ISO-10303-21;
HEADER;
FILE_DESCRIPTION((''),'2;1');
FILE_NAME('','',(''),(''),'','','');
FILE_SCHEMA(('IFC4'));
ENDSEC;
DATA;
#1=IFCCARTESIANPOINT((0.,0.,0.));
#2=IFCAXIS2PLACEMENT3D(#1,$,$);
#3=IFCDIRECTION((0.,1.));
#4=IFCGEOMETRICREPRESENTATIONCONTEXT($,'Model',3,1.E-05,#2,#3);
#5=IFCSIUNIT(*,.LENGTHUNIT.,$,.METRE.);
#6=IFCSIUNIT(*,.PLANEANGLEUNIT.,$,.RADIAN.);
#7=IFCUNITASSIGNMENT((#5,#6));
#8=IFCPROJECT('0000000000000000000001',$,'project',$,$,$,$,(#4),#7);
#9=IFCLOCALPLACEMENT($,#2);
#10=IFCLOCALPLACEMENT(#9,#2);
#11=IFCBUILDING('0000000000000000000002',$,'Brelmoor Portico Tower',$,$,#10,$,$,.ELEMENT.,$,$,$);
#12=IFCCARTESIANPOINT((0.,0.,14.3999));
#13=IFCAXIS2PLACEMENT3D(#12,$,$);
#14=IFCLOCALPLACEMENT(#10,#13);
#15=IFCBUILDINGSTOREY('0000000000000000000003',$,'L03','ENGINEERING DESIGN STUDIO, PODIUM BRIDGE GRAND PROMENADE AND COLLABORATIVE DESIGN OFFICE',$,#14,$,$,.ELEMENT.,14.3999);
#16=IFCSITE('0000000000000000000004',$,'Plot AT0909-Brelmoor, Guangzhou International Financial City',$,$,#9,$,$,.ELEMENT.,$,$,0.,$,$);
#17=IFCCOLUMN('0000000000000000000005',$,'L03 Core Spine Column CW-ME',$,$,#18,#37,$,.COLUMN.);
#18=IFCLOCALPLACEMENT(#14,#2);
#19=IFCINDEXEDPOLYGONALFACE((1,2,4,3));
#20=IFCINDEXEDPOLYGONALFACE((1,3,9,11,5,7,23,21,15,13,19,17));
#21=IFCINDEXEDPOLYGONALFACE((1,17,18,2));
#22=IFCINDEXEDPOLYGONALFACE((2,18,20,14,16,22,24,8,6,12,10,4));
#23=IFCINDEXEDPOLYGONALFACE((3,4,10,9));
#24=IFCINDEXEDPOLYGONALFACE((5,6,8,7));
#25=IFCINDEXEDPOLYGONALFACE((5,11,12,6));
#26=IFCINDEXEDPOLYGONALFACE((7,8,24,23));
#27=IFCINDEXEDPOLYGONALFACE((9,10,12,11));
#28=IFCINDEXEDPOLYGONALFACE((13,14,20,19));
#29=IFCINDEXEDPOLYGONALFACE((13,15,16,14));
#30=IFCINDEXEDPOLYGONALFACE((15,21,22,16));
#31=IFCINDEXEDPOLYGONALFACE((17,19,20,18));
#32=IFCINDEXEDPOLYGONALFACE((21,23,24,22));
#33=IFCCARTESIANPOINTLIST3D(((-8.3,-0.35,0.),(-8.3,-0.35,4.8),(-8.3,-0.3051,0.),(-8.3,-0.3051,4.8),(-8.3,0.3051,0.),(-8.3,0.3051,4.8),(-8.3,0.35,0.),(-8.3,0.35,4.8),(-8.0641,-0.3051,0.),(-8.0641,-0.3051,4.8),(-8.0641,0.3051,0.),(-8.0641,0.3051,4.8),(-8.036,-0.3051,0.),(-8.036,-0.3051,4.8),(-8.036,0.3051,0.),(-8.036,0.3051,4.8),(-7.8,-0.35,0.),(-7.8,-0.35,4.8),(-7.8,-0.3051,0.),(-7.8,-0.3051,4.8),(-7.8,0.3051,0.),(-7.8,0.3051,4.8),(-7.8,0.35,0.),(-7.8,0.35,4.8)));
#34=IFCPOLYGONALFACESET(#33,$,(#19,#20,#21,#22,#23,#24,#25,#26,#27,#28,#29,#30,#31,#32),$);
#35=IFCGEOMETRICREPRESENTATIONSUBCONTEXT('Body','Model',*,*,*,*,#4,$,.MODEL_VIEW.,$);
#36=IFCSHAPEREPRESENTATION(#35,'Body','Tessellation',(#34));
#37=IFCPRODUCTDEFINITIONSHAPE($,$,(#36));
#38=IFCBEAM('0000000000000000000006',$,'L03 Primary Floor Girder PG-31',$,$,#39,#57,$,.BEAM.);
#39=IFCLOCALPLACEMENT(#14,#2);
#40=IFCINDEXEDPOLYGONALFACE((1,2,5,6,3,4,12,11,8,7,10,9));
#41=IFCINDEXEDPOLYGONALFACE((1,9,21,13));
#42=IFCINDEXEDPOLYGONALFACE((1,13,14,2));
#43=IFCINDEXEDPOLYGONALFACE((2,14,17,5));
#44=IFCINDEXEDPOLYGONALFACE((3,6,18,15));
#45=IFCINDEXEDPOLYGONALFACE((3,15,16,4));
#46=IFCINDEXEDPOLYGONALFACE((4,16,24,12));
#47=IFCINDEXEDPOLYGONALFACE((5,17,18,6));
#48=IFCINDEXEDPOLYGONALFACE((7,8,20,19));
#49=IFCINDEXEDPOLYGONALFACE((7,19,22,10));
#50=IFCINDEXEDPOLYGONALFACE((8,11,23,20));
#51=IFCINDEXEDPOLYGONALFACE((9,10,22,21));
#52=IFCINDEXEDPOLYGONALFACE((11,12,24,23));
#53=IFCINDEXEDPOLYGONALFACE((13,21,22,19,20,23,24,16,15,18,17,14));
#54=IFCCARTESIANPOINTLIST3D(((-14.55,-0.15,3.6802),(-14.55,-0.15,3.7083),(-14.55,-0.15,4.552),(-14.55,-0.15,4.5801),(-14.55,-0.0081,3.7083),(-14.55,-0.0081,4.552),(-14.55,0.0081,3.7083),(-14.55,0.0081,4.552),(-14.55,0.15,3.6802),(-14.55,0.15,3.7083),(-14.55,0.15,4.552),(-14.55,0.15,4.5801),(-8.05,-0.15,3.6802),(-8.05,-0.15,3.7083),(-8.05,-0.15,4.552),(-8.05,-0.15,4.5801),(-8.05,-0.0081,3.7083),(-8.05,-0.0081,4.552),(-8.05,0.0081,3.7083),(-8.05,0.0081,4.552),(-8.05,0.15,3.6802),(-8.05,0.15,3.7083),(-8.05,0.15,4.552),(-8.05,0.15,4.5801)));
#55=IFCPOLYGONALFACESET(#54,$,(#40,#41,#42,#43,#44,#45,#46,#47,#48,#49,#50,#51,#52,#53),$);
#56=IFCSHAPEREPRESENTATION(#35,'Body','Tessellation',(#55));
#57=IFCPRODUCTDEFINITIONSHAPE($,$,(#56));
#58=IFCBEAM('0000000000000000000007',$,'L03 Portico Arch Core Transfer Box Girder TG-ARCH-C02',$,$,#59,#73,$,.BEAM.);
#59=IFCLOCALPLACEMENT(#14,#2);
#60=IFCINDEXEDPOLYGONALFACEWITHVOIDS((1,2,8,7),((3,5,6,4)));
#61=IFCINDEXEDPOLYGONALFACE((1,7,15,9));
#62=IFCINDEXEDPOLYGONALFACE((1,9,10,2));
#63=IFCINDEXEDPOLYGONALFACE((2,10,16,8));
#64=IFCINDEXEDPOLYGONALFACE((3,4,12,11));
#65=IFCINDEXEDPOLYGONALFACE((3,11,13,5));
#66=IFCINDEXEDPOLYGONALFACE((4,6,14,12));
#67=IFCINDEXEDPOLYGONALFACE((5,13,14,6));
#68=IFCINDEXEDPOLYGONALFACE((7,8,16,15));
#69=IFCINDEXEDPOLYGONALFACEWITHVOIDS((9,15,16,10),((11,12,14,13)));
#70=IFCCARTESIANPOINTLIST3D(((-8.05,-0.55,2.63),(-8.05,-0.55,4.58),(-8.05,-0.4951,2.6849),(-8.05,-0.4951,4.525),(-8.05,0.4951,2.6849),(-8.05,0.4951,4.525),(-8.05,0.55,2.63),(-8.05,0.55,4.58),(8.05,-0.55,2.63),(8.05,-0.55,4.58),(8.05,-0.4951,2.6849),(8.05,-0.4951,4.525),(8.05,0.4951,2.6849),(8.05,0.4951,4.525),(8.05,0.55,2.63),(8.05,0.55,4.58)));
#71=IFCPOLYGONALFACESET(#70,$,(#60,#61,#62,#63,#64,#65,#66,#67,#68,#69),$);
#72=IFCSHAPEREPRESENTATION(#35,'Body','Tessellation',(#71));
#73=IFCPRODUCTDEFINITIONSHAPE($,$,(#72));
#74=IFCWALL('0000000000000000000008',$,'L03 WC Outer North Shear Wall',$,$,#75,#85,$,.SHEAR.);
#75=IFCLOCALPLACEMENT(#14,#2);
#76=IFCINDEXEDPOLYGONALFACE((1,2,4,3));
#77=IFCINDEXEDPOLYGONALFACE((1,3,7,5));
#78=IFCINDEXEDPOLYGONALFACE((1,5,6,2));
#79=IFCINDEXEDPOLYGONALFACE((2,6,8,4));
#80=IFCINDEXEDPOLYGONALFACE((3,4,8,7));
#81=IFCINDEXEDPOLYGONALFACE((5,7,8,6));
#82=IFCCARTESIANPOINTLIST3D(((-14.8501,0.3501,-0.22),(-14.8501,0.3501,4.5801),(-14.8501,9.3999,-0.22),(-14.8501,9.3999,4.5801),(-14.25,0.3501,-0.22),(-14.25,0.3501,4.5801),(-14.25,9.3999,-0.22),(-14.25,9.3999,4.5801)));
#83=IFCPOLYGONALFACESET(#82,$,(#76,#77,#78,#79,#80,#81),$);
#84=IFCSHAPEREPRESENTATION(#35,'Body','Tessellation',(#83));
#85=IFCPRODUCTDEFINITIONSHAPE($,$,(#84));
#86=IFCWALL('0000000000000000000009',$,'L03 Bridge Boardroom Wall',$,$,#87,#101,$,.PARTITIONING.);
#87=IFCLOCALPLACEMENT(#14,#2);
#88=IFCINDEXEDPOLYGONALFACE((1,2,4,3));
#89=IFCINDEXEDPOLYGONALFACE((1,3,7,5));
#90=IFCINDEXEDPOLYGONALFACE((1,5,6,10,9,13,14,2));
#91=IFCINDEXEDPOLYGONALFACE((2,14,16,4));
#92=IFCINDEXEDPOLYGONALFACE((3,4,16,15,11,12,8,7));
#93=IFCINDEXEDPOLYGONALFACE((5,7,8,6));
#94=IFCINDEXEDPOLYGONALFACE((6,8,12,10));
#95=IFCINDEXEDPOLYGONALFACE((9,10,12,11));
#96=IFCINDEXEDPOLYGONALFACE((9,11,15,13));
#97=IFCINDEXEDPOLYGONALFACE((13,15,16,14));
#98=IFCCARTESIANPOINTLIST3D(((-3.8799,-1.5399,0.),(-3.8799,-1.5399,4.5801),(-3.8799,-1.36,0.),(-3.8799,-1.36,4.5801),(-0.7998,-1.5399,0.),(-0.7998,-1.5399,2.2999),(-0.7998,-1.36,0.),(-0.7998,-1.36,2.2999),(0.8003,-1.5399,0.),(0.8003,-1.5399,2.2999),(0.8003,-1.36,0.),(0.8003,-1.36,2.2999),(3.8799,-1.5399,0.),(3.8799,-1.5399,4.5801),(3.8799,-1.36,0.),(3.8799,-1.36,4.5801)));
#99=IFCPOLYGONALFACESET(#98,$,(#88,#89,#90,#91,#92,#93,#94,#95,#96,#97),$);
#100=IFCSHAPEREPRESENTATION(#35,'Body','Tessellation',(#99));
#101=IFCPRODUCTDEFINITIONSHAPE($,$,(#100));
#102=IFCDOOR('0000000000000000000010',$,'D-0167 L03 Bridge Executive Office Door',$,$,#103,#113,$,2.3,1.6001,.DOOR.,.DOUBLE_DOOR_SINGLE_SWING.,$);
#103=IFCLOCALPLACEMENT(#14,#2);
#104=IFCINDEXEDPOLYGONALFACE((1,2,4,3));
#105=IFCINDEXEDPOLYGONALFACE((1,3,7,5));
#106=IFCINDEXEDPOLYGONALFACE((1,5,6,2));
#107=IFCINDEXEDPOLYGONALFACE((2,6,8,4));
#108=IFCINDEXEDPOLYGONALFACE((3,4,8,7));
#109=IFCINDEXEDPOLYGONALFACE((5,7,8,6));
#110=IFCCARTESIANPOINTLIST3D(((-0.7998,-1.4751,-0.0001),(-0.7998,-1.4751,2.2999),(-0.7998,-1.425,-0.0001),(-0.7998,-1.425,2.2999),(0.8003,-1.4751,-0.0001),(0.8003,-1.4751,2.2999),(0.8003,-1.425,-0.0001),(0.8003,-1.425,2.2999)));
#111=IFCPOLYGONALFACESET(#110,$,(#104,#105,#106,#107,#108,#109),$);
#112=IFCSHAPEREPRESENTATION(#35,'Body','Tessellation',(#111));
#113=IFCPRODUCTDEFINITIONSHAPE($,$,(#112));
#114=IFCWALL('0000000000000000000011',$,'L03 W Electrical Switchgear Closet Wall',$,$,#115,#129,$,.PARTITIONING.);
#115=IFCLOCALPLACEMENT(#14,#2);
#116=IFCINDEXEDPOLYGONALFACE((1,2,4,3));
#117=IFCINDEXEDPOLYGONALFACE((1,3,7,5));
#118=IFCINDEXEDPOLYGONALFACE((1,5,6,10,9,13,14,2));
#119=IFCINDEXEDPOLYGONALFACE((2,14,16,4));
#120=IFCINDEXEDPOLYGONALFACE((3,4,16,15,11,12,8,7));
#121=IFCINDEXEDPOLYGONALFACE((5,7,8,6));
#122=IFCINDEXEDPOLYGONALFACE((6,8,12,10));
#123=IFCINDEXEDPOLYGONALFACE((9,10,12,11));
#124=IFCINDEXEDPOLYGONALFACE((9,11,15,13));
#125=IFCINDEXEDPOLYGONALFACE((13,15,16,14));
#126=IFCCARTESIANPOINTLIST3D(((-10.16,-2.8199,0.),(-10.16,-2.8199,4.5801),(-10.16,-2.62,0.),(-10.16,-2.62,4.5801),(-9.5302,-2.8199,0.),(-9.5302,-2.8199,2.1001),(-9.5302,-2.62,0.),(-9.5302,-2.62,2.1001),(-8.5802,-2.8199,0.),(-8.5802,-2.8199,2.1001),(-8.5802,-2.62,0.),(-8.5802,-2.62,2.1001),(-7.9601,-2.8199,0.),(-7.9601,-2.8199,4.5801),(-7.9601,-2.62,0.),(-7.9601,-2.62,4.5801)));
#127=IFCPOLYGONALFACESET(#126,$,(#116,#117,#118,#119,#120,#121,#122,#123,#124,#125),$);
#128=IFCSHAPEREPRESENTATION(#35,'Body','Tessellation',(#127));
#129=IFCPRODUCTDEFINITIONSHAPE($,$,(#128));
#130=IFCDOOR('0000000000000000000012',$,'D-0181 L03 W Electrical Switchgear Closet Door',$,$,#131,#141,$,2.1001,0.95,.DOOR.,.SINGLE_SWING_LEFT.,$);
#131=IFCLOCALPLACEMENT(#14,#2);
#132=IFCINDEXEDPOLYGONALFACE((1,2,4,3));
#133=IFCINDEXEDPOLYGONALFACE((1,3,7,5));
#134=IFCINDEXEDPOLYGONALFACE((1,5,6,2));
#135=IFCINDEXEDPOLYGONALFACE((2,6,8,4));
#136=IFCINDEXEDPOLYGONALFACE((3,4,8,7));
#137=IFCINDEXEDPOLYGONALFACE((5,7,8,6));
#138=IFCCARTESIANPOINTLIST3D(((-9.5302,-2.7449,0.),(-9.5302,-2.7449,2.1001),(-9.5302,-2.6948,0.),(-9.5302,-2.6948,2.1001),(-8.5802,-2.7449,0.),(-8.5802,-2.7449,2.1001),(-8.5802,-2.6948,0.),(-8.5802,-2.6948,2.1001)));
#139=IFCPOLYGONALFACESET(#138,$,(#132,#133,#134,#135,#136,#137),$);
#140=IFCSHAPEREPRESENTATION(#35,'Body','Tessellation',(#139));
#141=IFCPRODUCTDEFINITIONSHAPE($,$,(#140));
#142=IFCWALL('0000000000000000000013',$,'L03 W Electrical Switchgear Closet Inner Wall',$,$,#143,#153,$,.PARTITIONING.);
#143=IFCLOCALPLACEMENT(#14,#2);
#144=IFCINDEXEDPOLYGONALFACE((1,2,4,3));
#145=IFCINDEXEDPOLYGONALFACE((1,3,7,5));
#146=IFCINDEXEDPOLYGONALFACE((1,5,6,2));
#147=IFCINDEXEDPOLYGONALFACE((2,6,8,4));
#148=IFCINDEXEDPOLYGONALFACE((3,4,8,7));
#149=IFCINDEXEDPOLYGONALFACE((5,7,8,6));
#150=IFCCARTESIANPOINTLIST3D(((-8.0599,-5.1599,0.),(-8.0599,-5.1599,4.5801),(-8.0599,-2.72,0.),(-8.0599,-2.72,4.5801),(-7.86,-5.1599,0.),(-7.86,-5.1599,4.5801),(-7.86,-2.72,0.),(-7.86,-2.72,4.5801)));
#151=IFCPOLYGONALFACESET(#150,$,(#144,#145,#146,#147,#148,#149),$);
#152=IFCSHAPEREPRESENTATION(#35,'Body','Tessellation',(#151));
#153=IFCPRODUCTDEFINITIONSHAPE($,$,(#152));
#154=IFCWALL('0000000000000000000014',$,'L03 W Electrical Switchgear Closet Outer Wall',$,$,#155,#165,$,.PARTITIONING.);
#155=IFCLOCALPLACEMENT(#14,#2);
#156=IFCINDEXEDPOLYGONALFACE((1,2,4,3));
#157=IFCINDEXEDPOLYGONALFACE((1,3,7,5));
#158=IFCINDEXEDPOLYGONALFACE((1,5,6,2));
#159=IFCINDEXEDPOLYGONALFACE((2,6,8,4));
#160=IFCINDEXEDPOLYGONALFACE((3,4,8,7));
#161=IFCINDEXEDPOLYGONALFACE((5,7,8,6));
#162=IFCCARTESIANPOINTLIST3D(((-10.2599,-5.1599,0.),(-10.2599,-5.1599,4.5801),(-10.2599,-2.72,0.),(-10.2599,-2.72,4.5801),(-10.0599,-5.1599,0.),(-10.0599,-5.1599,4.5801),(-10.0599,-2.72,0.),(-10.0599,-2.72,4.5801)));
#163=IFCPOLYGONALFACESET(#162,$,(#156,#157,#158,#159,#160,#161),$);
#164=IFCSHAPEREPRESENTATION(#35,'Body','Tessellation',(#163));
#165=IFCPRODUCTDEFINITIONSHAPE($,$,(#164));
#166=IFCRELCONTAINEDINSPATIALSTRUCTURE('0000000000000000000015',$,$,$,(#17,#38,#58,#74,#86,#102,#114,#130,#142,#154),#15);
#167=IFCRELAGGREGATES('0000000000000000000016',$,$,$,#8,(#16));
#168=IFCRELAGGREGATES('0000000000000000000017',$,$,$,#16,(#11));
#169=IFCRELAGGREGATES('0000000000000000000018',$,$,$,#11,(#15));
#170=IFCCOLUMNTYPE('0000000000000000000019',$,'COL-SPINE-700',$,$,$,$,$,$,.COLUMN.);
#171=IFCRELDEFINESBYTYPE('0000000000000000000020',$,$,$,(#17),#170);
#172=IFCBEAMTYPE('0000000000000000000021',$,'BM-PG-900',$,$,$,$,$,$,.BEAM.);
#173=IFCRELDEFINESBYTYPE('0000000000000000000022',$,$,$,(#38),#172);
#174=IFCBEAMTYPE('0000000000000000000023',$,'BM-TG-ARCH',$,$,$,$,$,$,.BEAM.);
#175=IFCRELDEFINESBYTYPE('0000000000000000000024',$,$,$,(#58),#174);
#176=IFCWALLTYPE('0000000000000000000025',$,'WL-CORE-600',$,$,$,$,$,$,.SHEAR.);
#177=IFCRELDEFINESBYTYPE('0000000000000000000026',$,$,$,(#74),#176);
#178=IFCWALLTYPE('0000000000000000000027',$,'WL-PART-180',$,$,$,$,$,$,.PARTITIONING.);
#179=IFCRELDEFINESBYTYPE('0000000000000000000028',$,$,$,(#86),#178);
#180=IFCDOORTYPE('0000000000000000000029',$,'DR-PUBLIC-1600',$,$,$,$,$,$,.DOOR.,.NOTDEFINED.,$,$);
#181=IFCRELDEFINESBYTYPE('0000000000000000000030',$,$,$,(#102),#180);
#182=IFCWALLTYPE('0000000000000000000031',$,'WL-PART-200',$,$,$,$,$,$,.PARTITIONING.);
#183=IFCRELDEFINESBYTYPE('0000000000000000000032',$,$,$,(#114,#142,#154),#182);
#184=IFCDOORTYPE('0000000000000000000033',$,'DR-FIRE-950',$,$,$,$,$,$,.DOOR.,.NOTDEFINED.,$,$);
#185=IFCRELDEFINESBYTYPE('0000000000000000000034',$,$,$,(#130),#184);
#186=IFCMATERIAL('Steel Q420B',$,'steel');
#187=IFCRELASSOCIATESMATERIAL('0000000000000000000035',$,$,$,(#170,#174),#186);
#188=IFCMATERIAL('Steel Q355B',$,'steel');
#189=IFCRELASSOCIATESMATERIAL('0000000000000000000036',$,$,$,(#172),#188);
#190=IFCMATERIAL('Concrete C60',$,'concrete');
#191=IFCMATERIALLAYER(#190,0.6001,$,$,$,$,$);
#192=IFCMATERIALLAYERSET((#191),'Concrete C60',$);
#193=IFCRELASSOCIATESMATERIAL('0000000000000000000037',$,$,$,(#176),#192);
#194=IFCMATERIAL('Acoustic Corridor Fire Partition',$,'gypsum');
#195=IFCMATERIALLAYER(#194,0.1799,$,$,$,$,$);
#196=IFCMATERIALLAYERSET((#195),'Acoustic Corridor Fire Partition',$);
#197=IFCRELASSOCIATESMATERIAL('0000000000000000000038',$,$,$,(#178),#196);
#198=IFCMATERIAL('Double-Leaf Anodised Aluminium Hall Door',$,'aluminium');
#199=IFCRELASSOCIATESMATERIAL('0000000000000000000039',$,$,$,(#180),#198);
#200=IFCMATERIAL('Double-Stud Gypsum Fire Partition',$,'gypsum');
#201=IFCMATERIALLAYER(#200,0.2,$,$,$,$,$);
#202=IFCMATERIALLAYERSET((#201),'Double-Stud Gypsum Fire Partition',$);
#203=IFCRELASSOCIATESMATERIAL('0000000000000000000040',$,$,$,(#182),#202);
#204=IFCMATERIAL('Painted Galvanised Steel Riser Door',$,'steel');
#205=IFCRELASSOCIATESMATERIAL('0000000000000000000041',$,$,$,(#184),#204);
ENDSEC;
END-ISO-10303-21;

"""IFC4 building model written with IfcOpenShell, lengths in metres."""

from ifc_helpers import new_model, si_unit, direction, frame, frame_2d, origin, origin_2d, place, context, subcontext, project, spatial, rectangle, hollow_rectangle, i_section, extrude, material, layer, layer_set, material_profile, profile_set, type_object, element, fill, save


model = new_model("IFC4")

# Units and contexts
model_context = context("Model", 3, precision=1e-05, world=origin(), true_north=direction((0.0, 1.0)))
body_context = subcontext(model_context, "Body", "Model", "MODEL_VIEW")
ifc_project = project(units=[si_unit("LENGTHUNIT", "METRE"), si_unit("PLANEANGLEUNIT", "RADIAN")], contexts=[model_context])

# Site, building, storey
site_placement = place(None, origin())
site = spatial("IfcSite", under=ifc_project, at=site_placement, Name="Plot AT0909-Brelmoor, Guangzhou International Financial City", CompositionType="ELEMENT", RefElevation=0.0)
building_placement = place(site_placement, origin())
building = spatial("IfcBuilding", under=site, at=building_placement, Name="Brelmoor Portico Tower", CompositionType="ELEMENT")
storey_placement = place(building_placement, frame((0.0, 0.0, 14.3999)))
storey = spatial("IfcBuildingStorey", under=building, at=storey_placement, Name="L03", Description="ENGINEERING DESIGN STUDIO, PODIUM BRIDGE GRAND PROMENADE AND COLLABORATIVE DESIGN OFFICE", CompositionType="ELEMENT", Elevation=14.3999)

# Column
ifc_material_1 = material(Name="Steel Q420B", Category="steel")
ifc_material_profile_1 = material_profile(ifc_material_1, i_section(OverallWidth=0.5, OverallDepth=0.7, WebThickness=0.0281, FlangeThickness=0.0449, at=origin_2d()), Name="HW 700x500x28x45")
ifc_profile_set_1 = profile_set([ifc_material_profile_1], Name="Steel Q420B")
column_type = type_object("IfcColumnType", Name="COL-SPINE-700", PredefinedType="COLUMN", material=ifc_profile_set_1)
column_placement = place(storey_placement, frame((-8.05, 0.0, 0.0), z_axis=(0.0, 0.0, 1.0), x_axis=(1.0, 0.0, 0.0)))
element("IfcColumn", 1, at=column_placement, inside=storey, type_object=column_type, Name="L03 Core Spine Column CW-ME", PredefinedType="COLUMN", context=body_context, shape_type="SweptSolid", body=[
    extrude(i_section(OverallWidth=0.5, OverallDepth=0.7, WebThickness=0.0281, FlangeThickness=0.0449, at=origin_2d()), origin(), (0.0, 0.0, 1.0), 4.8),
])

# Beams
ifc_material_2 = material(Name="Steel Q355B", Category="steel")
ifc_material_profile_2 = material_profile(ifc_material_2, i_section(OverallWidth=0.3, OverallDepth=0.8999, WebThickness=0.0161, FlangeThickness=0.0281, at=origin_2d()), Name="HN 900x300x16x28")
ifc_profile_set_2 = profile_set([ifc_material_profile_2], Name="Steel Q355B")
beam_type_1 = type_object("IfcBeamType", Name="BM-PG-900", PredefinedType="BEAM", material=ifc_profile_set_2)
beam_1_placement = place(storey_placement, frame((-14.55, 0.0, 4.1301), z_axis=(1.0, 0.0, 0.0), x_axis=(0.0, 1.0, 0.0)))
element("IfcBeam", 2, at=beam_1_placement, inside=storey, type_object=beam_type_1, Name="L03 Primary Floor Girder PG-31", PredefinedType="BEAM", context=body_context, shape_type="SweptSolid", body=[
    extrude(i_section(OverallWidth=0.3, OverallDepth=0.8999, WebThickness=0.0161, FlangeThickness=0.0281, at=origin_2d()), origin(), (0.0, 0.0, 1.0), 6.5),
])
ifc_material_profile_3 = material_profile(ifc_material_1, hollow_rectangle(XDim=1.1001, YDim=1.95, WallThickness=0.0549, at=origin_2d()), Name="BOX 1100x1950x55")
ifc_profile_set_3 = profile_set([ifc_material_profile_3], Name="Steel Q420B")
beam_type_2 = type_object("IfcBeamType", Name="BM-TG-ARCH", PredefinedType="BEAM", material=ifc_profile_set_3)
beam_2_placement = place(storey_placement, frame((-8.05, 0.0, 3.605), z_axis=(1.0, 0.0, 0.0), x_axis=(0.0, 1.0, 0.0)))
element("IfcBeam", 3, at=beam_2_placement, inside=storey, type_object=beam_type_2, Name="L03 Portico Arch Core Transfer Box Girder TG-ARCH-C02", PredefinedType="BEAM", context=body_context, shape_type="SweptSolid", body=[
    extrude(hollow_rectangle(XDim=1.1001, YDim=1.95, WallThickness=0.0549, at=origin_2d()), origin(), (0.0, 0.0, 1.0), 16.1001),
])

# Wall
ifc_material_3 = material(Name="Concrete C60", Category="concrete")
ifc_layer_1 = layer(ifc_material_3, 0.6001)
ifc_layer_set_1 = layer_set([ifc_layer_1], Name="Concrete C60")
wall_type_1 = type_object("IfcWallType", Name="WL-CORE-600", PredefinedType="SHEAR", material=ifc_layer_set_1)
wall_1_placement = place(storey_placement, frame((-14.55, 0.3501, -0.22), z_axis=(0.0, 0.0, 1.0), x_axis=(0.0, 1.0, 0.0)))
element("IfcWall", 4, at=wall_1_placement, inside=storey, type_object=wall_type_1, Name="L03 WC Outer North Shear Wall", PredefinedType="SHEAR", context=body_context, shape_type="SweptSolid", body=[
    extrude(rectangle(XDim=9.0498, YDim=0.6001, at=frame_2d((4.5249, 0.0))), origin(), (0.0, 0.0, 1.0), 4.8),
])

# Walls, openings, doors
ifc_material_4 = material(Name="Acoustic Corridor Fire Partition", Category="gypsum")
ifc_layer_2 = layer(ifc_material_4, 0.1799)
ifc_layer_set_2 = layer_set([ifc_layer_2], Name="Acoustic Corridor Fire Partition")
wall_type_2 = type_object("IfcWallType", Name="WL-PART-180", PredefinedType="PARTITIONING", material=ifc_layer_set_2)
wall_2_placement = place(storey_placement, frame((-3.8799, -1.45, 0.0), z_axis=(0.0, 0.0, 1.0), x_axis=(1.0, 0.0, 0.0)))
wall_2 = element("IfcWall", 5, at=wall_2_placement, inside=storey, type_object=wall_type_2, Name="L03 Bridge Boardroom Wall", PredefinedType="PARTITIONING", context=body_context, shape_type="SweptSolid", body=[
    extrude(rectangle(XDim=7.7598, YDim=0.1799, at=frame_2d((3.8799, 0.0))), origin(), (0.0, 0.0, 1.0), 4.5801),
])
opening_1_placement = place(wall_2_placement, frame((3.0801, 0.0, 0.0)))
opening_1 = element("IfcOpeningElement", 6, at=opening_1_placement, cuts=wall_2, PredefinedType="OPENING", context=body_context, shape_type="SweptSolid", body=[
    extrude(rectangle(XDim=1.6001, YDim=2.3, at=frame_2d((0.8, 1.1499))), frame((0.0, 0.0999, 0.0), z_axis=(0.0, -1.0, 0.0), x_axis=(1.0, 0.0, 0.0)), (0.0, 0.0, 1.0), 0.2),
])
ifc_material_5 = material(Name="Double-Leaf Anodised Aluminium Hall Door", Category="aluminium")
door_type_1 = type_object("IfcDoorType", Name="DR-PUBLIC-1600", OperationType="NOTDEFINED", PredefinedType="DOOR", material=ifc_material_5)
door_1_placement = place(opening_1_placement, origin())
door_1 = element("IfcDoor", 7, at=door_1_placement, inside=storey, type_object=door_type_1, Name="D-0167 L03 Bridge Executive Office Door", OperationType="DOUBLE_DOOR_SINGLE_SWING", OverallHeight=2.3, OverallWidth=1.6001, PredefinedType="DOOR", context=body_context, shape_type="SweptSolid", body=[
    extrude(rectangle(XDim=1.6001, YDim=2.3, at=frame_2d((0.8, 1.1499))), frame((0.0, 0.0249, 0.0), z_axis=(0.0, -1.0, 0.0), x_axis=(1.0, 0.0, 0.0)), (0.0, 0.0, 1.0), 0.05),
])
fill(opening_1, door_1)
ifc_material_6 = material(Name="Double-Stud Gypsum Fire Partition", Category="gypsum")
ifc_layer_3 = layer(ifc_material_6, 0.2)
ifc_layer_set_3 = layer_set([ifc_layer_3], Name="Double-Stud Gypsum Fire Partition")
wall_type_3 = type_object("IfcWallType", Name="WL-PART-200", PredefinedType="PARTITIONING", material=ifc_layer_set_3)
wall_3_placement = place(storey_placement, frame((-7.96, -2.72, 0.0), z_axis=(0.0, 0.0, 1.0), x_axis=(-1.0, 0.0, 0.0)))
wall_3 = element("IfcWall", 8, at=wall_3_placement, inside=storey, type_object=wall_type_3, Name="L03 W Electrical Switchgear Closet Wall", PredefinedType="PARTITIONING", context=body_context, shape_type="SweptSolid", body=[
    extrude(rectangle(XDim=2.2, YDim=0.2, at=frame_2d((1.1001, 0.0))), origin(), (0.0, 0.0, 1.0), 4.5801),
])
opening_2_placement = place(wall_3_placement, frame((0.6201, 0.0, 0.0)))
opening_2 = element("IfcOpeningElement", 9, at=opening_2_placement, cuts=wall_3, PredefinedType="OPENING", context=body_context, shape_type="SweptSolid", body=[
    extrude(rectangle(XDim=0.95, YDim=2.1001, at=frame_2d((0.4751, 1.05))), frame((0.0, 0.1099, 0.0), z_axis=(0.0, -1.0, 0.0), x_axis=(1.0, 0.0, 0.0)), (0.0, 0.0, 1.0), 0.22),
])
ifc_material_7 = material(Name="Painted Galvanised Steel Riser Door", Category="steel")
door_type_2 = type_object("IfcDoorType", Name="DR-FIRE-950", OperationType="NOTDEFINED", PredefinedType="DOOR", material=ifc_material_7)
door_2_placement = place(opening_2_placement, origin())
door_2 = element("IfcDoor", 10, at=door_2_placement, inside=storey, type_object=door_type_2, Name="D-0181 L03 W Electrical Switchgear Closet Door", OperationType="SINGLE_SWING_LEFT", OverallHeight=2.1001, OverallWidth=0.95, PredefinedType="DOOR", context=body_context, shape_type="SweptSolid", body=[
    extrude(rectangle(XDim=0.95, YDim=2.1001, at=frame_2d((0.4751, 1.05))), frame((0.0, 0.0249, 0.0), z_axis=(0.0, -1.0, 0.0), x_axis=(1.0, 0.0, 0.0)), (0.0, 0.0, 1.0), 0.05),
])
fill(opening_2, door_2)

# Walls
for number, where, z_axis, x_axis, name in (
    (11, (-7.96, -5.1599, 0.0), (0.0, 0.0, 1.0), (0.0, 1.0, 0.0), "L03 W Electrical Switchgear Closet Inner Wall"),
    (12, (-10.1599, -5.1599, 0.0), (0.0, 0.0, 1.0), (0.0, 1.0, 0.0), "L03 W Electrical Switchgear Closet Outer Wall"),
):
    element("IfcWall", number, at=place(storey_placement, frame(where, z_axis=z_axis, x_axis=x_axis)), inside=storey, type_object=wall_type_3, Name=name, PredefinedType="PARTITIONING", context=body_context, shape_type="SweptSolid", body=[
        extrude(rectangle(XDim=2.4399, YDim=0.2, at=frame_2d((1.22, 0.0))), origin(), (0.0, 0.0, 1.0), 4.5801),
    ])

save(model, "model.ifc")
